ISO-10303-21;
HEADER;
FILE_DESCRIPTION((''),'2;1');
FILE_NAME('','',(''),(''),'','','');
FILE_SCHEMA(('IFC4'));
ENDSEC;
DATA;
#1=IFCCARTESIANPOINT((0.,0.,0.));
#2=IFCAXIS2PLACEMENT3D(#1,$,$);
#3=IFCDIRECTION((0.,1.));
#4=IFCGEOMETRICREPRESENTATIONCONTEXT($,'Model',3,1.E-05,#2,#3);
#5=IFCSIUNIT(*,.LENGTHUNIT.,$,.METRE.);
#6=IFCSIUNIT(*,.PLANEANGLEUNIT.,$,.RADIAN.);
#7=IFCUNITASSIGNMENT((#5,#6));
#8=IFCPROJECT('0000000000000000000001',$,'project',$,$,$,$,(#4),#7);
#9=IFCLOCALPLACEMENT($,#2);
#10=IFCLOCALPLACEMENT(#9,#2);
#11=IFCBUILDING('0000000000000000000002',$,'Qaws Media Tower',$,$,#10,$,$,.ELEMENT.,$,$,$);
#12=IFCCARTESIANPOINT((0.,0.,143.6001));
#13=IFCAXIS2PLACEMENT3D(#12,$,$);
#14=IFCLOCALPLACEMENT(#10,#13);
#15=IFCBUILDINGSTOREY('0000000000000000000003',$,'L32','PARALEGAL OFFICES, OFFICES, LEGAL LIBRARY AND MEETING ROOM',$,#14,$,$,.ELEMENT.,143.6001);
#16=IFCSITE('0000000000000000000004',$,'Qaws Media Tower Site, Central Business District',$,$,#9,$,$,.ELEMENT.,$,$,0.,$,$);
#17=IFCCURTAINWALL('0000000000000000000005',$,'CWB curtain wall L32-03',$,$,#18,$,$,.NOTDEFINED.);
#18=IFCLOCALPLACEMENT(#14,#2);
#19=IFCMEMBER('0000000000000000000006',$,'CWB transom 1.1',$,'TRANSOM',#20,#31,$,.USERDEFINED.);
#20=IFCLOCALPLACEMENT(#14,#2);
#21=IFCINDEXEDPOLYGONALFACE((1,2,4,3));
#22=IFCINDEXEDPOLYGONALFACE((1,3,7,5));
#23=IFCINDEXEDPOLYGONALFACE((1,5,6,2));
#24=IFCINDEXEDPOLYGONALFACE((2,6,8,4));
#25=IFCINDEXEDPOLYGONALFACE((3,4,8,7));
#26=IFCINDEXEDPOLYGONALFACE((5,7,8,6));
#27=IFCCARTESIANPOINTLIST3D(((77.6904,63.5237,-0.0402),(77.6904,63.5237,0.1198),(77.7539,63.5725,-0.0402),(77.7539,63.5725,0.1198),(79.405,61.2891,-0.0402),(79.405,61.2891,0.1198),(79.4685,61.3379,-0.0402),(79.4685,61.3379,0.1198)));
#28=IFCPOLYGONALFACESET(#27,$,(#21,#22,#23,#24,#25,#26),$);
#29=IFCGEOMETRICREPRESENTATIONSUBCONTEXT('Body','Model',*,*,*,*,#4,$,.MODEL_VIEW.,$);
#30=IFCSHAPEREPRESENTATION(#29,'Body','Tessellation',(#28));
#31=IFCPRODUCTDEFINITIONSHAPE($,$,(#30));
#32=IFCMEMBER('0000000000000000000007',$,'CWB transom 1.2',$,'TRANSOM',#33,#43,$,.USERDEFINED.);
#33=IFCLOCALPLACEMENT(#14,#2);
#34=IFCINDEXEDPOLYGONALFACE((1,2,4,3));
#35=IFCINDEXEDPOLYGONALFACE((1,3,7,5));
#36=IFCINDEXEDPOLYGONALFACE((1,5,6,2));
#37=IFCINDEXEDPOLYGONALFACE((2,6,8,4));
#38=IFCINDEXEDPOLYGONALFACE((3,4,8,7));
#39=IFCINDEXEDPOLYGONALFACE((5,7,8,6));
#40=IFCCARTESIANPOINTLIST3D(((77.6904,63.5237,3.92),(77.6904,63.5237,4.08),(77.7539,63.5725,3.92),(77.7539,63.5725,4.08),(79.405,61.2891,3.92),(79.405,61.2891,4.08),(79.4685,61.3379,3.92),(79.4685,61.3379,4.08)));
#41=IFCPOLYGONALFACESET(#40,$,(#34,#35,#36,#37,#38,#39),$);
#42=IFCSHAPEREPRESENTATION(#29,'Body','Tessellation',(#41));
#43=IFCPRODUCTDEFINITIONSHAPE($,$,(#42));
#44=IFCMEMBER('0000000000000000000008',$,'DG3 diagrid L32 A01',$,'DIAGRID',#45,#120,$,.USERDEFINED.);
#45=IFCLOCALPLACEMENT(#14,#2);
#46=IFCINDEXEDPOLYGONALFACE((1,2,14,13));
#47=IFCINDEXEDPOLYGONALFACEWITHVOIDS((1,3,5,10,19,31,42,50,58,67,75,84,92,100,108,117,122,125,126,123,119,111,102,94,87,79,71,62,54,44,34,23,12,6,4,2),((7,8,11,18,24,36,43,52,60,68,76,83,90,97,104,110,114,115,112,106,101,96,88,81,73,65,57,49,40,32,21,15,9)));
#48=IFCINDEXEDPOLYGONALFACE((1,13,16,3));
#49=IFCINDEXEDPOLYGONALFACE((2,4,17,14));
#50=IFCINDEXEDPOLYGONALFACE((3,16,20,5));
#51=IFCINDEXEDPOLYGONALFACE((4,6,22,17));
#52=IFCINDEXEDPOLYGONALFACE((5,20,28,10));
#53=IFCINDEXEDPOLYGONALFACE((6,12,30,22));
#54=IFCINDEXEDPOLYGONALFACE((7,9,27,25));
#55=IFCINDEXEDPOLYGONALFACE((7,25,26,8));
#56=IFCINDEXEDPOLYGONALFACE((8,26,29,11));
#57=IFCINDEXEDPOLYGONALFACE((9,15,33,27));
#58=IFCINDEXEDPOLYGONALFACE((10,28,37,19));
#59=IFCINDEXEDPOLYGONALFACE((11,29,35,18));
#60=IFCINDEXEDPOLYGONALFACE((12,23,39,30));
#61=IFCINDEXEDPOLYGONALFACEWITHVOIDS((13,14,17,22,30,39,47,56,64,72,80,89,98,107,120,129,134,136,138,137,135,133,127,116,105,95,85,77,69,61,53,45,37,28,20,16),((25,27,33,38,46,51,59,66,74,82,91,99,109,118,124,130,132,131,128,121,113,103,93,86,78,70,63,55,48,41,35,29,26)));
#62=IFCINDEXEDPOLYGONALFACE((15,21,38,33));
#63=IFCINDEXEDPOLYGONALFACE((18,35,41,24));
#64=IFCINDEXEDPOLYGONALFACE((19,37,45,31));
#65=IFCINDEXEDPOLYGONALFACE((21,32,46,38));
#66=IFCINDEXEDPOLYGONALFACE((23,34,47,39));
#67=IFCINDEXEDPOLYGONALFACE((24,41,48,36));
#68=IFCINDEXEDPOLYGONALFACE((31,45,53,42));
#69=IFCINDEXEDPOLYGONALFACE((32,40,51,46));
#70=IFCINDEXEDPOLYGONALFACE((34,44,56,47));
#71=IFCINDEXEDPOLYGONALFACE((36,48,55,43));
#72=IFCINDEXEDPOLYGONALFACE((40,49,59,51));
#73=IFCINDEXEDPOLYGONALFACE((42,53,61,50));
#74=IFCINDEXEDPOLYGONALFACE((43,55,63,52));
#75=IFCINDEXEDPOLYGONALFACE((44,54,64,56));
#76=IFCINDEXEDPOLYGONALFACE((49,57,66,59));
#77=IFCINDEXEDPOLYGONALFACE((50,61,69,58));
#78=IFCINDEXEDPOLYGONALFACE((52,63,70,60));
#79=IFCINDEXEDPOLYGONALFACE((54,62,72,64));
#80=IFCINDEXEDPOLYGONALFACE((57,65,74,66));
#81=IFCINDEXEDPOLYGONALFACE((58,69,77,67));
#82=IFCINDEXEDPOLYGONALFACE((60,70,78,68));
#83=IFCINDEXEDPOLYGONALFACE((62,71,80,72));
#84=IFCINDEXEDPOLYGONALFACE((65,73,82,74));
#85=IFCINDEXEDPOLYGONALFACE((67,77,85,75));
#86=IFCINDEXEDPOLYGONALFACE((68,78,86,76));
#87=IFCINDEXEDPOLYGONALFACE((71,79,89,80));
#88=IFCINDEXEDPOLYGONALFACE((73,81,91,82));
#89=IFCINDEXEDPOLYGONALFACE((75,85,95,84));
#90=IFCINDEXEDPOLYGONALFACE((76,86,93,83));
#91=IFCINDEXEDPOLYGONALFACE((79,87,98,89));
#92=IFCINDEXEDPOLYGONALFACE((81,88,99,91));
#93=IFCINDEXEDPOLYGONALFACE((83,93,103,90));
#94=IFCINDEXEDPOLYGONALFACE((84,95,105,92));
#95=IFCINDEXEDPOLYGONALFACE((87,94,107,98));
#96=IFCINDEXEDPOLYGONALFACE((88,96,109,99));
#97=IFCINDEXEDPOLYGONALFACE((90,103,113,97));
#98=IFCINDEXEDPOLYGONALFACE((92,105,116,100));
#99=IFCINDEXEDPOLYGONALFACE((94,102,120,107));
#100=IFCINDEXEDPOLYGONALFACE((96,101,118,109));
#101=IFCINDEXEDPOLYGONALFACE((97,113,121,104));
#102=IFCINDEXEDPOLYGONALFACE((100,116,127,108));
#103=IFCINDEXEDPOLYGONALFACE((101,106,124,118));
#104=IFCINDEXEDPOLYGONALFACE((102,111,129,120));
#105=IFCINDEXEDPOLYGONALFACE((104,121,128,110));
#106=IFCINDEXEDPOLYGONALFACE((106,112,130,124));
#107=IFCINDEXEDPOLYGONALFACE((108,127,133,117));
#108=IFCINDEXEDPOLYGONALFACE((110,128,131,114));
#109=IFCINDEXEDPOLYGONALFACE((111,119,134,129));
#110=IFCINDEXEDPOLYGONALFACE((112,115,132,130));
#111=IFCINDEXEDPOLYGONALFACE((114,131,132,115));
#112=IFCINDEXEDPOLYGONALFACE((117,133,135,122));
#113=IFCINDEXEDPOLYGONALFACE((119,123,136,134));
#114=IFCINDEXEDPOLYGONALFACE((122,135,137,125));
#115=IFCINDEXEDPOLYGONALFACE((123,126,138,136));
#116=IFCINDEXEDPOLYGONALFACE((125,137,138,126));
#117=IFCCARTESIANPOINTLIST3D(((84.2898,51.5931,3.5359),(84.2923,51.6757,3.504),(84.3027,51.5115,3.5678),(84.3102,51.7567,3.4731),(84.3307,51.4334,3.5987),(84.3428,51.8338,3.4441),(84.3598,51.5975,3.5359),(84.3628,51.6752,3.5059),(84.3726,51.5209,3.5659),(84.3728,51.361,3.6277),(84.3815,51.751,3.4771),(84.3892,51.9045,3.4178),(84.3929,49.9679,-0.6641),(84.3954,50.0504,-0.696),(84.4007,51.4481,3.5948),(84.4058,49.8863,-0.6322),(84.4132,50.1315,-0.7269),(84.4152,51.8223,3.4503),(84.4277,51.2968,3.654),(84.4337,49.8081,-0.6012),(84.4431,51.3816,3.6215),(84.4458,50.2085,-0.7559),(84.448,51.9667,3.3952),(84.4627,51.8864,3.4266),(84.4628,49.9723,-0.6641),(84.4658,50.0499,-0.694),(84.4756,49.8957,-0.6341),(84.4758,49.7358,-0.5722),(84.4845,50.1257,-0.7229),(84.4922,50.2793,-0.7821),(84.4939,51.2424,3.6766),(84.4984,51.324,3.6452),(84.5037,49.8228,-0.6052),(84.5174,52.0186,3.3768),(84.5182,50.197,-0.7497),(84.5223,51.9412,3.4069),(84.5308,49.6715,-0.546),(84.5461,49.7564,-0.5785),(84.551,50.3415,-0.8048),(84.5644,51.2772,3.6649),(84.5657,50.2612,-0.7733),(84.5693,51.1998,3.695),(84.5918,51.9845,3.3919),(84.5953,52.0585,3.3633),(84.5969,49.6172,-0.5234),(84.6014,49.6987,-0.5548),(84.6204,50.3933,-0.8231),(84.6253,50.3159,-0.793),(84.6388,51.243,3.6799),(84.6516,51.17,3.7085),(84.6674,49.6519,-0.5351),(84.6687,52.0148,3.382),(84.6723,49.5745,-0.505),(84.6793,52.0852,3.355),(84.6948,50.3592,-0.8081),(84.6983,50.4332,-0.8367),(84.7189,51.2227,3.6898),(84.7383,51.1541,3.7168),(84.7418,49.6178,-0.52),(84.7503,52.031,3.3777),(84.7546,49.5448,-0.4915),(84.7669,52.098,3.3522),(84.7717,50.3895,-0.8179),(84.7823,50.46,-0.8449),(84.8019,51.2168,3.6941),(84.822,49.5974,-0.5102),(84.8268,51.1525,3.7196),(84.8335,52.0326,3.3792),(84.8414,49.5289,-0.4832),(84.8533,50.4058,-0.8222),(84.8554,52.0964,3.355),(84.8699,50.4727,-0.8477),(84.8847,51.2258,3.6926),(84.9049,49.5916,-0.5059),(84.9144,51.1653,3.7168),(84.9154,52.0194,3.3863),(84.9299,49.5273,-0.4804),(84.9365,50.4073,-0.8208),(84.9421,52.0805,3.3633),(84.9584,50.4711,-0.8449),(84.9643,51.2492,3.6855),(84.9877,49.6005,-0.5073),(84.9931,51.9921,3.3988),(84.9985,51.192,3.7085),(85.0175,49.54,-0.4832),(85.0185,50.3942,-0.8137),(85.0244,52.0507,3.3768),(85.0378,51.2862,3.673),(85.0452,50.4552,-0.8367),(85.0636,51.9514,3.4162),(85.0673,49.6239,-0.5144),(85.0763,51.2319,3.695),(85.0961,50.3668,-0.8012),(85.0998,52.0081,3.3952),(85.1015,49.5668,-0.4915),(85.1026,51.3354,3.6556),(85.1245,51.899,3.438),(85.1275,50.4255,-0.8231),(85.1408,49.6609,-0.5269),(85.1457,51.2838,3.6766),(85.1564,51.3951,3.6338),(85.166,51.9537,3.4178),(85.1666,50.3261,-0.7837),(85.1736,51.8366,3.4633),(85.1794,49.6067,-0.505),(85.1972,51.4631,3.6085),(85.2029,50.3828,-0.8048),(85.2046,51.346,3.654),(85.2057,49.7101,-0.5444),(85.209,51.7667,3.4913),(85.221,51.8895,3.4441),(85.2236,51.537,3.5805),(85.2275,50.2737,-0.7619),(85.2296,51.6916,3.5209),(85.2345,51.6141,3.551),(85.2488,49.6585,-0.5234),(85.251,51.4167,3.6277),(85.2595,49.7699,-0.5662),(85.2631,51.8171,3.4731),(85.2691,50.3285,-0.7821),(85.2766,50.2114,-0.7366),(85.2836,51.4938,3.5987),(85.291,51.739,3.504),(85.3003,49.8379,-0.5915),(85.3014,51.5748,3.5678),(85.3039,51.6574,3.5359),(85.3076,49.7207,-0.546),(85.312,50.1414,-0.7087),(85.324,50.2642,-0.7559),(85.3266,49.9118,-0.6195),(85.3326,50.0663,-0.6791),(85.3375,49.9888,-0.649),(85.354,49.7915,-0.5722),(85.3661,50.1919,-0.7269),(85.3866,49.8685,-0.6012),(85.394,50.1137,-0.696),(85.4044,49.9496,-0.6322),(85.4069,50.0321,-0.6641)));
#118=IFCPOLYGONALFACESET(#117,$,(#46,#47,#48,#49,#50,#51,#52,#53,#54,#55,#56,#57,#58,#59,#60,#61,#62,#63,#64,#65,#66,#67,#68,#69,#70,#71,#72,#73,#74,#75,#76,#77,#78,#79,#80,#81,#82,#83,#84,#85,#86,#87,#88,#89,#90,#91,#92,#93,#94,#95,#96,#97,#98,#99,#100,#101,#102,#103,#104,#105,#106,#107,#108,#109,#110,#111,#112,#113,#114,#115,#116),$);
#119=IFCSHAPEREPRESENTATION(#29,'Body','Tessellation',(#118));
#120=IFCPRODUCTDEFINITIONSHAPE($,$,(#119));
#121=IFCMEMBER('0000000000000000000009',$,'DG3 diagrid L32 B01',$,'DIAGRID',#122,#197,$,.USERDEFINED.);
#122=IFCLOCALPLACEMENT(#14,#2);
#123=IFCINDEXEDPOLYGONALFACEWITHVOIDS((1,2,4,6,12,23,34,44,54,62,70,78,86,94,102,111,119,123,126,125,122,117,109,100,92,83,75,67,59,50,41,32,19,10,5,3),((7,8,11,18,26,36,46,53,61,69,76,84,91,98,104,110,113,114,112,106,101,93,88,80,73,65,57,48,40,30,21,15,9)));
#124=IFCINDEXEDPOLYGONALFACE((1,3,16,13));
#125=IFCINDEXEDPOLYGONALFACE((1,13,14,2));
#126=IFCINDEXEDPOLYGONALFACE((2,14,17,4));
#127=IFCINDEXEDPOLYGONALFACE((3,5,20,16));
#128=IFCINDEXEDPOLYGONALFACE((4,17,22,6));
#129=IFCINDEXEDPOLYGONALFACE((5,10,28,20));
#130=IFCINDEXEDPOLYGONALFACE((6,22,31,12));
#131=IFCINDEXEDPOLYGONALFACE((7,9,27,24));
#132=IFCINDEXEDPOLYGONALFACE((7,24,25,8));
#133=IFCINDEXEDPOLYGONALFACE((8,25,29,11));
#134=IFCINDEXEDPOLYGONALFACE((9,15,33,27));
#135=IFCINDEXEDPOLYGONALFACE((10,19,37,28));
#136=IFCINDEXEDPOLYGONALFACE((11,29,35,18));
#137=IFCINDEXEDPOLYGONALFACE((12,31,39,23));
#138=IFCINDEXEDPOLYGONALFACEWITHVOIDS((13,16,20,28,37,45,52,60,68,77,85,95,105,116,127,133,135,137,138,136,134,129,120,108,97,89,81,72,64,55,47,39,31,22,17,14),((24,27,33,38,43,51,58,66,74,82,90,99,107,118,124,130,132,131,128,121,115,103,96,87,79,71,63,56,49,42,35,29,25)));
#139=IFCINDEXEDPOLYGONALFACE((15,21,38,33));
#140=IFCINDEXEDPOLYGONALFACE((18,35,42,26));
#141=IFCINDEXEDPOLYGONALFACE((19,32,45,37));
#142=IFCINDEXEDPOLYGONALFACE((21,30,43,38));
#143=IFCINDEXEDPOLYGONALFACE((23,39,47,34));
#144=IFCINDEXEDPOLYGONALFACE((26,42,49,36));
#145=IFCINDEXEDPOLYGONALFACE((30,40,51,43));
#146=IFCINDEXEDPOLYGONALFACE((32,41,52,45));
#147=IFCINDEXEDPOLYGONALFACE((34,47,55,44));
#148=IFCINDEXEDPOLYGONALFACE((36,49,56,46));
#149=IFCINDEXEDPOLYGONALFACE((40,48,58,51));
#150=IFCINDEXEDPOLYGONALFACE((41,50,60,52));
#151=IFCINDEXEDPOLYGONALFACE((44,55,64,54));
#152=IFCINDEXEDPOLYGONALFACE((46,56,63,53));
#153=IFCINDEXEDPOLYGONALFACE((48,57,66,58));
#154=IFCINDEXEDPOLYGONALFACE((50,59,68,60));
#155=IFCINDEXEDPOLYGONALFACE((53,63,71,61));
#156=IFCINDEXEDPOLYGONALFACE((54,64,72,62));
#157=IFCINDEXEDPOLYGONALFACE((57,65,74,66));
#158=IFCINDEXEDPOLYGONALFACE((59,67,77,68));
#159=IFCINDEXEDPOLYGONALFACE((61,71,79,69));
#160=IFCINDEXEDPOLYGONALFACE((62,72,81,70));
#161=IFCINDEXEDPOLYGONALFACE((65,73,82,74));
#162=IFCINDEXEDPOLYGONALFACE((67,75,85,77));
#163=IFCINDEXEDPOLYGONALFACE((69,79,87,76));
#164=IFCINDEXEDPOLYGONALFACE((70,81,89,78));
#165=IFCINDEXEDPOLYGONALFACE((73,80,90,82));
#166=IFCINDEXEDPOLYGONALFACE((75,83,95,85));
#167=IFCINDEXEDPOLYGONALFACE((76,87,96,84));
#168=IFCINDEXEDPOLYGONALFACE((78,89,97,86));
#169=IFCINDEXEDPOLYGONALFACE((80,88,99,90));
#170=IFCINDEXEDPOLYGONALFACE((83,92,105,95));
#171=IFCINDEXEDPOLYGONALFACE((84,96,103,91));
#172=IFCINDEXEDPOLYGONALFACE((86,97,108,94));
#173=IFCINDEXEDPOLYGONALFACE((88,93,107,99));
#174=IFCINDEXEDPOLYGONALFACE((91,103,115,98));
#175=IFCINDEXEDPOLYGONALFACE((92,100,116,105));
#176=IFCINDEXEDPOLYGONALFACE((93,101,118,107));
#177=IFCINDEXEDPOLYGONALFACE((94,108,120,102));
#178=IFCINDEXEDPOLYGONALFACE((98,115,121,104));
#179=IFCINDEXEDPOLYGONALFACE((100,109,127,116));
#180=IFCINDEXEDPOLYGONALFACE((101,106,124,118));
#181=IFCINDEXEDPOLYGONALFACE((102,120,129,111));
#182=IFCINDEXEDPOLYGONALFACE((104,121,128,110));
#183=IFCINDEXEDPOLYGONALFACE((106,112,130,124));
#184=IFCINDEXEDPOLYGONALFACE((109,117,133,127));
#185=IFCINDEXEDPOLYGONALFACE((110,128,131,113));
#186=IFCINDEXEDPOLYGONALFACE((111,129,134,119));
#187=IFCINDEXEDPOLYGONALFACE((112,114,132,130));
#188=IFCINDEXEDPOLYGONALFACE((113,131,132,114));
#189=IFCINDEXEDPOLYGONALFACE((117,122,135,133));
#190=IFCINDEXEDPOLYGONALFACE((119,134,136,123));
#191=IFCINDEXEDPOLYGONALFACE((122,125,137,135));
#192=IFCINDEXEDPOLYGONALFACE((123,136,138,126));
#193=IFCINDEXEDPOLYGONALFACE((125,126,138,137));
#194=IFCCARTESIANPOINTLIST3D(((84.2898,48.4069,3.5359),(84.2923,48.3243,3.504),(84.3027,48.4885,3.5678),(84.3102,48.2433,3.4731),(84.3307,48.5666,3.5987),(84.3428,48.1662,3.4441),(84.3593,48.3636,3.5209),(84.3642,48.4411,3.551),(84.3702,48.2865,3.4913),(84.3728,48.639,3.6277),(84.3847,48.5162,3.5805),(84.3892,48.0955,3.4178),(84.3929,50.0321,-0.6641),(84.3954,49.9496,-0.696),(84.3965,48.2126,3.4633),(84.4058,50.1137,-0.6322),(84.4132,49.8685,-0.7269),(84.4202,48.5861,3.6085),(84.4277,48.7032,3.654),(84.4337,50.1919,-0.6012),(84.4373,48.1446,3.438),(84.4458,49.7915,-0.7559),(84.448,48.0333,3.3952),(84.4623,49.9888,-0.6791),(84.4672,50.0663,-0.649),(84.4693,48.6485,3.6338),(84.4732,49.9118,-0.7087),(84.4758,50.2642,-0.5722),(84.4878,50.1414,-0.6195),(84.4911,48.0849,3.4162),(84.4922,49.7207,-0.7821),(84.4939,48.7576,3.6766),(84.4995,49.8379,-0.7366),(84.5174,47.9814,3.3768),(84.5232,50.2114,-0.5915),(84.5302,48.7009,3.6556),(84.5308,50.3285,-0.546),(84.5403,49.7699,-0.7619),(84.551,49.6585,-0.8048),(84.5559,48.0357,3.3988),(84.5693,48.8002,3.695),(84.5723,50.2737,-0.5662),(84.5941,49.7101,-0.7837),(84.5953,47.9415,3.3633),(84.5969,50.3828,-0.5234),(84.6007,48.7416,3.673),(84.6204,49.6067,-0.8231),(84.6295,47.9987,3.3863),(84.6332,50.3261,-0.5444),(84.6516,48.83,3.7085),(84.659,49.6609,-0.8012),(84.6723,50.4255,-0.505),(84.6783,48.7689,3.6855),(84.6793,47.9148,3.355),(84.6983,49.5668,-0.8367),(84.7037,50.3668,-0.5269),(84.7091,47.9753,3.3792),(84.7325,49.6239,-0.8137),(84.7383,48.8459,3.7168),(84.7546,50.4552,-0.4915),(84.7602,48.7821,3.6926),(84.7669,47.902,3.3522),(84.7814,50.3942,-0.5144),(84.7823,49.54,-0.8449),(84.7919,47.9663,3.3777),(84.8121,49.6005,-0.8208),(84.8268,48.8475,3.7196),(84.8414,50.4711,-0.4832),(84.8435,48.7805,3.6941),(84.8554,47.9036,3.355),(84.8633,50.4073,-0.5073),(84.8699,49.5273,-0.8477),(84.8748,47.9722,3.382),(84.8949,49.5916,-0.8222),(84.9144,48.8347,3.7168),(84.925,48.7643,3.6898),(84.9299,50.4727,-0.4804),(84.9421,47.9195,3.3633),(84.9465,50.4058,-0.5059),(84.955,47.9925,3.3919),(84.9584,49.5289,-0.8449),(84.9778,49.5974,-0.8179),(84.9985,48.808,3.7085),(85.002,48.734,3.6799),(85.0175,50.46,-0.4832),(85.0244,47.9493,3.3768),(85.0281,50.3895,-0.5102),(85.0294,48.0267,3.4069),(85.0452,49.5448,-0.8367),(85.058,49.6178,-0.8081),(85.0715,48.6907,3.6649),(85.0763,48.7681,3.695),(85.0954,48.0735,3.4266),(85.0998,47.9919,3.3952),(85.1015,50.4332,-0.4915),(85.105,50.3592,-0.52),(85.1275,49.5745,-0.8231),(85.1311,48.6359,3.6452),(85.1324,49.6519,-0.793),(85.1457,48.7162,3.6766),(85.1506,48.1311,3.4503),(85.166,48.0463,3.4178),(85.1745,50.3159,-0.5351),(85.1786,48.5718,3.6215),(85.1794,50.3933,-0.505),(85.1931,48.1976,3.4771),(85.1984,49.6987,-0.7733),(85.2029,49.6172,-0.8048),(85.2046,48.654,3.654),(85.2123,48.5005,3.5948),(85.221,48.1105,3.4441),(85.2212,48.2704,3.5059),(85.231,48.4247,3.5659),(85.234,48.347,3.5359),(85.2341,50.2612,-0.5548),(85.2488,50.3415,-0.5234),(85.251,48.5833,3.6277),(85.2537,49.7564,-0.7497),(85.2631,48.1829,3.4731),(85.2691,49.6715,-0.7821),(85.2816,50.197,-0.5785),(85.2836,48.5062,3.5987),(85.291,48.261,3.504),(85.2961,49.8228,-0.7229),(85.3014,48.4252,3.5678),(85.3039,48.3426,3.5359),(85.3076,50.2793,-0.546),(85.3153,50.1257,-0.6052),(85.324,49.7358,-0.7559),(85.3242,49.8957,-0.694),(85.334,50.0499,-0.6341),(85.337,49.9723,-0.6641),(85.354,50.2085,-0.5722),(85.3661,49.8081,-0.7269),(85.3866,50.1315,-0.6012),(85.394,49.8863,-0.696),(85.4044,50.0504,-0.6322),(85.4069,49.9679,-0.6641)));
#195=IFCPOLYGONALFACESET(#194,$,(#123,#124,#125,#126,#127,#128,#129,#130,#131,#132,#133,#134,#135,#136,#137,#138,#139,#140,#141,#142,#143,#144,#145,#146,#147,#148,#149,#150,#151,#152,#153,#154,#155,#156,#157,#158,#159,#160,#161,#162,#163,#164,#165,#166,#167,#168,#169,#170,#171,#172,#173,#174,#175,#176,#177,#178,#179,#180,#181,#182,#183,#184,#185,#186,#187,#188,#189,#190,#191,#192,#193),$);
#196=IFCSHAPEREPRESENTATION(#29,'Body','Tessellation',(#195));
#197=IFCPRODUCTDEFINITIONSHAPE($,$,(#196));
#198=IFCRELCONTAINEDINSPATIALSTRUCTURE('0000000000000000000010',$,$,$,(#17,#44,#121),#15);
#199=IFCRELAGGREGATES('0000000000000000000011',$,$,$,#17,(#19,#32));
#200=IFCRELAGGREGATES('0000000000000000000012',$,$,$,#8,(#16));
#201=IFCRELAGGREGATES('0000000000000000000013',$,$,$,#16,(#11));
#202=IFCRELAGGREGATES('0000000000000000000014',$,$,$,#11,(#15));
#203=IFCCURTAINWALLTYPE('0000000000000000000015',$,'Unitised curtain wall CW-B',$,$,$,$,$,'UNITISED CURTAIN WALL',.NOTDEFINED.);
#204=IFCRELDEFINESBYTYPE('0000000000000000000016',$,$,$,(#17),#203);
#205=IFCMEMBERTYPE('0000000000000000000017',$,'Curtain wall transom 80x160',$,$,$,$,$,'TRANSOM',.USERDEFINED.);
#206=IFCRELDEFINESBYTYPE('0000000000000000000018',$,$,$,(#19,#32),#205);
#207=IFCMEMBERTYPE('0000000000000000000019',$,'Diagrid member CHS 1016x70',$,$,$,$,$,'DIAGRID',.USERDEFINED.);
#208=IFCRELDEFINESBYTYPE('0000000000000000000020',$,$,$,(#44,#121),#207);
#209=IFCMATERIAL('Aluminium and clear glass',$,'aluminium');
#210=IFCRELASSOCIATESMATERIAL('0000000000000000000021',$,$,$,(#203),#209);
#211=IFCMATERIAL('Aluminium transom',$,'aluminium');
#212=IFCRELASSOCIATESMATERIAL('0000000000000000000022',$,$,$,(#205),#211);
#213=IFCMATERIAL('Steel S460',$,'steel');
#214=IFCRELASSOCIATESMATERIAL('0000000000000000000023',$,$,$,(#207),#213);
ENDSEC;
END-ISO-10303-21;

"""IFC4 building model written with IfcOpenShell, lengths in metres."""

from ifc_helpers import new_model, si_unit, direction, frame, origin, origin_2d, place, context, subcontext, project, spatial, rectangle, hollow_circle, extrude, material, material_profile, profile_set, type_object, element, aggregate, save


model = new_model("IFC4")

# Units and contexts
model_context = context("Model", 3, precision=1e-05, world=origin(), true_north=direction((0.0, 1.0)))
body_context = subcontext(model_context, "Body", "Model", "MODEL_VIEW")
ifc_project = project(units=[si_unit("LENGTHUNIT", "METRE"), si_unit("PLANEANGLEUNIT", "RADIAN")], contexts=[model_context])

# Site, building, storey
site_placement = place(None, origin())
site = spatial("IfcSite", under=ifc_project, at=site_placement, Name="Qaws Media Tower Site, Central Business District", CompositionType="ELEMENT", RefElevation=0.0)
building_placement = place(site_placement, origin())
building = spatial("IfcBuilding", under=site, at=building_placement, Name="Qaws Media Tower", CompositionType="ELEMENT")
storey_placement = place(building_placement, frame((0.0, 0.0, 143.6001)))
storey = spatial("IfcBuildingStorey", under=building, at=storey_placement, Name="L32", Description="PARALEGAL OFFICES, OFFICES, LEGAL LIBRARY AND MEETING ROOM", CompositionType="ELEMENT", Elevation=143.6001)

# Shared definitions
ifc_material_1 = material(Name="Aluminium and clear glass", Category="aluminium")
curtain_wall_type = type_object("IfcCurtainWallType", Name="Unitised curtain wall CW-B", ElementType="UNITISED CURTAIN WALL", PredefinedType="NOTDEFINED", material=ifc_material_1)

# Curtain wall
curtain_wall_1_placement = place(storey_placement, origin())
curtain_wall_1 = element("IfcCurtainWall", 1, at=curtain_wall_1_placement, inside=storey, type_object=curtain_wall_type, Name="CWB curtain wall L32-03", PredefinedType="NOTDEFINED")

# Members
ifc_material_2 = material(Name="Aluminium transom", Category="aluminium")
ifc_material_profile_1 = material_profile(ifc_material_2, rectangle(XDim=0.0801, YDim=0.1599, at=origin_2d()), Name="80x160")
ifc_profile_set_1 = profile_set([ifc_material_profile_1], Name="Aluminium transom")
member_type_1 = type_object("IfcMemberType", Name="Curtain wall transom 80x160", ElementType="TRANSOM", PredefinedType="USERDEFINED", material=ifc_profile_set_1)
member_1_placement = place(storey_placement, frame((79.4368, 61.3135, 0.0398), z_axis=(-0.608743, 0.793368, 0.0), x_axis=(-0.793368, -0.608743, 0.0)))
member_1 = element("IfcMember", 2, at=member_1_placement, type_object=member_type_1, Name="CWB transom 1.1", ObjectType="TRANSOM", PredefinedType="USERDEFINED", context=body_context, shape_type="SweptSolid", body=[
    extrude(rectangle(XDim=0.0801, YDim=0.1599, at=origin_2d()), origin(), (0.0, 0.0, 1.0), 2.8167),
])
member_2_placement = place(storey_placement, frame((79.4368, 61.3135, 4.0), z_axis=(-0.608743, 0.793368, 0.0), x_axis=(-0.793368, -0.608743, 0.0)))
member_2 = element("IfcMember", 3, at=member_2_placement, type_object=member_type_1, Name="CWB transom 1.2", ObjectType="TRANSOM", PredefinedType="USERDEFINED", context=body_context, shape_type="SweptSolid", body=[
    extrude(rectangle(XDim=0.0801, YDim=0.1599, at=origin_2d()), origin(), (0.0, 0.0, 1.0), 2.8167),
])
aggregate(curtain_wall_1, [member_1, member_2])

# Members
ifc_material_3 = material(Name="Steel S460", Category="steel")
ifc_material_profile_2 = material_profile(ifc_material_3, hollow_circle(Radius=0.5081, WallThickness=0.0701, at=origin_2d()), Name="CHS 1016x70")
ifc_profile_set_2 = profile_set([ifc_material_profile_2], Name="Steel S460")
member_type_2 = type_object("IfcMemberType", Name="Diagrid member CHS 1016x70", ElementType="DIAGRID", PredefinedType="USERDEFINED", material=ifc_profile_set_2)
for number, where, z_axis, x_axis, name in (
    (4, (84.8999, 50.0, -0.6641), (-0.022871, 0.360795, 0.932365), (-0.997997, -0.063265, 0.0), "DG3 diagrid L32 A01"),
    (5, (84.8999, 50.0, -0.6641), (-0.022871, -0.360795, 0.932365), (0.997997, -0.063265, 0.0), "DG3 diagrid L32 B01"),
):
    element("IfcMember", number, at=place(storey_placement, frame(where, z_axis=z_axis, x_axis=x_axis)), inside=storey, type_object=member_type_2, Name=name, ObjectType="DIAGRID", PredefinedType="USERDEFINED", context=body_context, shape_type="SweptSolid", body=[
        extrude(hollow_circle(Radius=0.5081, WallThickness=0.0701, at=origin_2d()), origin(), (0.0, 0.0, 1.0), 4.5046),
    ])

save(model, "model.ifc")
